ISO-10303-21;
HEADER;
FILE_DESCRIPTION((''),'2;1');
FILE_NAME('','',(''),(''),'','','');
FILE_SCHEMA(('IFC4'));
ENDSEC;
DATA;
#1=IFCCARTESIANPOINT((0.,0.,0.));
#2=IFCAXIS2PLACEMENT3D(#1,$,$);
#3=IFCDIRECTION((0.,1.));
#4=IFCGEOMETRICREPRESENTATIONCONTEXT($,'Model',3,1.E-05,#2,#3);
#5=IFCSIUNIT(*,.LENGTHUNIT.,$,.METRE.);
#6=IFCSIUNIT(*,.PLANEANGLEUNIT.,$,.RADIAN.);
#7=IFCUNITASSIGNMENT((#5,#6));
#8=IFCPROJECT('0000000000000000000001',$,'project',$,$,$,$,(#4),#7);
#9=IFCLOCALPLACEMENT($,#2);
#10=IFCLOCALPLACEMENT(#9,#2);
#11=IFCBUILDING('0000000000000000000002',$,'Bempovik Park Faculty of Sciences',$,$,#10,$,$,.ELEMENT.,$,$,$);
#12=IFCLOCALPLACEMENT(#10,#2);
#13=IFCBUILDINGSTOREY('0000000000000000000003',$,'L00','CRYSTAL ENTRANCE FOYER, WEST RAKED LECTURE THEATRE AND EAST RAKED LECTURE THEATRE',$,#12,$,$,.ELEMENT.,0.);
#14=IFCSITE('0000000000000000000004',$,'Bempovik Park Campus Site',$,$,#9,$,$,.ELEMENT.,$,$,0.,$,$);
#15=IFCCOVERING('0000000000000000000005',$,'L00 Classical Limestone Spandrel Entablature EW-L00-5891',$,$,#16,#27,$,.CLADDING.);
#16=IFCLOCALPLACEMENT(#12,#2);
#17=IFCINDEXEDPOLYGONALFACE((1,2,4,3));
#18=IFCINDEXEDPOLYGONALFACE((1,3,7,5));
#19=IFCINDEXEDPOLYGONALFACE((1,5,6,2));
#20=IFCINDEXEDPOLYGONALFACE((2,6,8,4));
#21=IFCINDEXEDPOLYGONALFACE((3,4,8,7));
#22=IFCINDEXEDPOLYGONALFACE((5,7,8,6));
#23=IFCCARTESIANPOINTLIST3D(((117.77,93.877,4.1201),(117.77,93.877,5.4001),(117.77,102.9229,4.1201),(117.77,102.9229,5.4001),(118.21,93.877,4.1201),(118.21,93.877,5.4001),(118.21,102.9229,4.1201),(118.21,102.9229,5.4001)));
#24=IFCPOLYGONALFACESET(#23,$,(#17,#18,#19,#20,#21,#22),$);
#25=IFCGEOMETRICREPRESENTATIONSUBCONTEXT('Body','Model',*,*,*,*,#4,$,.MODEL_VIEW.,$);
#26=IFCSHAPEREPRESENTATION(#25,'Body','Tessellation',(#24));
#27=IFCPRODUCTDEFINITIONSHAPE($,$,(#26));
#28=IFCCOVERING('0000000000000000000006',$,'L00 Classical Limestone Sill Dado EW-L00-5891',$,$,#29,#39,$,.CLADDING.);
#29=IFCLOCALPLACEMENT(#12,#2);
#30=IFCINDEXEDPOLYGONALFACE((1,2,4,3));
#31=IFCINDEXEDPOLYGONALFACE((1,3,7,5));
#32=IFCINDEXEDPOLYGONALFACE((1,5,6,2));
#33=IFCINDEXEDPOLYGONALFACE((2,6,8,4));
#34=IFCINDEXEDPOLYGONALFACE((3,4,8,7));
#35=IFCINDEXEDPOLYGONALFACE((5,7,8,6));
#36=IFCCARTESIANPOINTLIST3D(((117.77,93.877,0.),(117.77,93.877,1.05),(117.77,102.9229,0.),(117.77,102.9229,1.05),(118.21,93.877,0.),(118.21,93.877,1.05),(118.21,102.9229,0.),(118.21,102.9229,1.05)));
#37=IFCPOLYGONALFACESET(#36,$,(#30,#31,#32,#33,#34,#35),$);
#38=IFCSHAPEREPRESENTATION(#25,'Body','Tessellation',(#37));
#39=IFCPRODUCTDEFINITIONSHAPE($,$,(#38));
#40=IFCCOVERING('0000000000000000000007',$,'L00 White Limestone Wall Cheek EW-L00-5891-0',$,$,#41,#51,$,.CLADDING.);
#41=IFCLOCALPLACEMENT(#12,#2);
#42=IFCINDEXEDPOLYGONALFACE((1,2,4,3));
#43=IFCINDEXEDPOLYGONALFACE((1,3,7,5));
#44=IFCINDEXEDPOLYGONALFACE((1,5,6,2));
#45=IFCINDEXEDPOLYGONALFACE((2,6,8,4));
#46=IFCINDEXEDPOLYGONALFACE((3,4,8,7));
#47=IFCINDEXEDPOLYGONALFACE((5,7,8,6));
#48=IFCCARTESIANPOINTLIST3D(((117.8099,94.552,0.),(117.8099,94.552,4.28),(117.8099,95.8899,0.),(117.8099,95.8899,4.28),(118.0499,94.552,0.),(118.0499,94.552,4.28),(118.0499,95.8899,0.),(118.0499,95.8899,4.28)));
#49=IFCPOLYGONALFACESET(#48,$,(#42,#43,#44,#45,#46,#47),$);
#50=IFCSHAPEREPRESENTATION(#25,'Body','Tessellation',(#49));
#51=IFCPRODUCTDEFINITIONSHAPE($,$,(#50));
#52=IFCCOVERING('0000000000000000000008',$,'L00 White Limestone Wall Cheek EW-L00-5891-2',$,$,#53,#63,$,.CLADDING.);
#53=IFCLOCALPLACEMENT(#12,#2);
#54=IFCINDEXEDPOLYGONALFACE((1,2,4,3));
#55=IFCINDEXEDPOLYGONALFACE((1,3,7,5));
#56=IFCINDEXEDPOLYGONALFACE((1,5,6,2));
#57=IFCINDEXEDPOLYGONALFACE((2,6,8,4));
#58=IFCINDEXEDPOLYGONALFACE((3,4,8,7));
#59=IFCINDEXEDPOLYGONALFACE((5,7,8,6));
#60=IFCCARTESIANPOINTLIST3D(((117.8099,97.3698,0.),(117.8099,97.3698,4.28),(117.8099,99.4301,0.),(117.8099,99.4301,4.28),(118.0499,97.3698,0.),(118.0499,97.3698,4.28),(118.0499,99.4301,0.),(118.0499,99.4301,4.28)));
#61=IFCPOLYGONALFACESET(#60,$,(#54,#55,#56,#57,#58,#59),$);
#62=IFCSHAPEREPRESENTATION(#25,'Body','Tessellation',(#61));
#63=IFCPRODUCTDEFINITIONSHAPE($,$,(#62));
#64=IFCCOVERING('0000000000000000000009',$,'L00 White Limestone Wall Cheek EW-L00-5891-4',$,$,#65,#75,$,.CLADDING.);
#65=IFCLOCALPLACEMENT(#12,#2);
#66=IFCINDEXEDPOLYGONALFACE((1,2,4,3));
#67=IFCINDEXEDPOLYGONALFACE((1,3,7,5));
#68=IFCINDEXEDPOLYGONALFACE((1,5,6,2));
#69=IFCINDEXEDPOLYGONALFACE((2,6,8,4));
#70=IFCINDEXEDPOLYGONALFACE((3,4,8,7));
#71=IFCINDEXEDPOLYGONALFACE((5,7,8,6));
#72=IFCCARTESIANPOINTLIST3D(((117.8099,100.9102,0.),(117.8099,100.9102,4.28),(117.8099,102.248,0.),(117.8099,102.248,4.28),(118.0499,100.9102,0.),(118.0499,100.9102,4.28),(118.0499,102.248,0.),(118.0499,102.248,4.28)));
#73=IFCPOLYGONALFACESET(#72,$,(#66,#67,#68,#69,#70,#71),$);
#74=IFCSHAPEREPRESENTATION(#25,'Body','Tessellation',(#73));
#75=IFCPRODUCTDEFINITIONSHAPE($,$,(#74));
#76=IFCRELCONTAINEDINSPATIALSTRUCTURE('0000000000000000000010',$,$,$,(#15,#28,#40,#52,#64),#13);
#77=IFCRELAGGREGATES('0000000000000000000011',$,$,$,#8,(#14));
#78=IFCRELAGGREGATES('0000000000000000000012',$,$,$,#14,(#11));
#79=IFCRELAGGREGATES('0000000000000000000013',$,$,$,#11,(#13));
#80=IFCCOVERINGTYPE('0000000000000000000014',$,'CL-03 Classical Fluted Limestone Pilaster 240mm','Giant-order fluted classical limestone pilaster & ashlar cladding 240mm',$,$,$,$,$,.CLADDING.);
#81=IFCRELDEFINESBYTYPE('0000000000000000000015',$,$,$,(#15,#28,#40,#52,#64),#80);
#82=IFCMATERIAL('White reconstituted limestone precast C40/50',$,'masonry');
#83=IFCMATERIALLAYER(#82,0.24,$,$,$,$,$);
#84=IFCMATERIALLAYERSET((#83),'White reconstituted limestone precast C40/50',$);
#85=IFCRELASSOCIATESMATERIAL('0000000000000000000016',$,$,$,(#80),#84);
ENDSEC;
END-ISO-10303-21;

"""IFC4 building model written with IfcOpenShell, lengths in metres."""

from ifc_helpers import new_model, si_unit, direction, frame, origin, origin_2d, place, context, subcontext, project, spatial, rectangle, extrude, material, layer, layer_set, type_object, element, save


model = new_model("IFC4")

# Units and contexts
model_context = context("Model", 3, precision=1e-05, world=origin(), true_north=direction((0.0, 1.0)))
body_context = subcontext(model_context, "Body", "Model", "MODEL_VIEW")
ifc_project = project(units=[si_unit("LENGTHUNIT", "METRE"), si_unit("PLANEANGLEUNIT", "RADIAN")], contexts=[model_context])

# Site, building, storey
site_placement = place(None, origin())
site = spatial("IfcSite", under=ifc_project, at=site_placement, Name="Bempovik Park Campus Site", CompositionType="ELEMENT", RefElevation=0.0)
building_placement = place(site_placement, origin())
building = spatial("IfcBuilding", under=site, at=building_placement, Name="Bempovik Park Faculty of Sciences", CompositionType="ELEMENT")
storey_placement = place(building_placement, origin())
storey = spatial("IfcBuildingStorey", under=building, at=storey_placement, Name="L00", Description="CRYSTAL ENTRANCE FOYER, WEST RAKED LECTURE THEATRE AND EAST RAKED LECTURE THEATRE", CompositionType="ELEMENT", Elevation=0.0)

# Coverings
ifc_material_1 = material(Name="White reconstituted limestone precast C40/50", Category="masonry")
ifc_layer_1 = layer(ifc_material_1, 0.24)
ifc_layer_set_1 = layer_set([ifc_layer_1], Name="White reconstituted limestone precast C40/50")
covering_type = type_object("IfcCoveringType", Name="CL-03 Classical Fluted Limestone Pilaster 240mm", Description="Giant-order fluted classical limestone pilaster & ashlar cladding 240mm", PredefinedType="CLADDING", material=ifc_layer_set_1)
covering_1_placement = place(storey_placement, frame((117.99, 98.3999, 4.1201), z_axis=(0.0, 0.0, 1.0), x_axis=(1.0, 0.0, 0.0)))
element("IfcCovering", 1, at=covering_1_placement, inside=storey, type_object=covering_type, Name="L00 Classical Limestone Spandrel Entablature EW-L00-5891", PredefinedType="CLADDING", context=body_context, shape_type="SweptSolid", body=[
    extrude(rectangle(XDim=0.4399, YDim=9.0459, at=origin_2d()), origin(), (0.0, 0.0, 1.0), 1.28),
])
covering_2_placement = place(storey_placement, frame((117.99, 98.3999, 0.0), z_axis=(0.0, 0.0, 1.0), x_axis=(1.0, 0.0, 0.0)))
element("IfcCovering", 2, at=covering_2_placement, inside=storey, type_object=covering_type, Name="L00 Classical Limestone Sill Dado EW-L00-5891", PredefinedType="CLADDING", context=body_context, shape_type="SweptSolid", body=[
    extrude(rectangle(XDim=0.4399, YDim=9.0459, at=origin_2d()), origin(), (0.0, 0.0, 1.0), 1.05),
])
covering_3_placement = place(storey_placement, frame((117.9299, 95.2209, 0.0), z_axis=(0.0, 0.0, 1.0), x_axis=(1.0, 0.0, 0.0)))
element("IfcCovering", 3, at=covering_3_placement, inside=storey, type_object=covering_type, Name="L00 White Limestone Wall Cheek EW-L00-5891-0", PredefinedType="CLADDING", context=body_context, shape_type="SweptSolid", body=[
    extrude(rectangle(XDim=0.24, YDim=1.3379, at=origin_2d()), origin(), (0.0, 0.0, 1.0), 4.28),
])
covering_4_placement = place(storey_placement, frame((117.9299, 98.3999, 0.0), z_axis=(0.0, 0.0, 1.0), x_axis=(1.0, 0.0, 0.0)))
element("IfcCovering", 4, at=covering_4_placement, inside=storey, type_object=covering_type, Name="L00 White Limestone Wall Cheek EW-L00-5891-2", PredefinedType="CLADDING", context=body_context, shape_type="SweptSolid", body=[
    extrude(rectangle(XDim=0.24, YDim=2.0603, at=origin_2d()), origin(), (0.0, 0.0, 1.0), 4.28),
])
covering_5_placement = place(storey_placement, frame((117.9299, 101.5791, 0.0), z_axis=(0.0, 0.0, 1.0), x_axis=(1.0, 0.0, 0.0)))
element("IfcCovering", 5, at=covering_5_placement, inside=storey, type_object=covering_type, Name="L00 White Limestone Wall Cheek EW-L00-5891-4", PredefinedType="CLADDING", context=body_context, shape_type="SweptSolid", body=[
    extrude(rectangle(XDim=0.24, YDim=1.3379, at=origin_2d()), origin(), (0.0, 0.0, 1.0), 4.28),
])

save(model, "model.ifc")
